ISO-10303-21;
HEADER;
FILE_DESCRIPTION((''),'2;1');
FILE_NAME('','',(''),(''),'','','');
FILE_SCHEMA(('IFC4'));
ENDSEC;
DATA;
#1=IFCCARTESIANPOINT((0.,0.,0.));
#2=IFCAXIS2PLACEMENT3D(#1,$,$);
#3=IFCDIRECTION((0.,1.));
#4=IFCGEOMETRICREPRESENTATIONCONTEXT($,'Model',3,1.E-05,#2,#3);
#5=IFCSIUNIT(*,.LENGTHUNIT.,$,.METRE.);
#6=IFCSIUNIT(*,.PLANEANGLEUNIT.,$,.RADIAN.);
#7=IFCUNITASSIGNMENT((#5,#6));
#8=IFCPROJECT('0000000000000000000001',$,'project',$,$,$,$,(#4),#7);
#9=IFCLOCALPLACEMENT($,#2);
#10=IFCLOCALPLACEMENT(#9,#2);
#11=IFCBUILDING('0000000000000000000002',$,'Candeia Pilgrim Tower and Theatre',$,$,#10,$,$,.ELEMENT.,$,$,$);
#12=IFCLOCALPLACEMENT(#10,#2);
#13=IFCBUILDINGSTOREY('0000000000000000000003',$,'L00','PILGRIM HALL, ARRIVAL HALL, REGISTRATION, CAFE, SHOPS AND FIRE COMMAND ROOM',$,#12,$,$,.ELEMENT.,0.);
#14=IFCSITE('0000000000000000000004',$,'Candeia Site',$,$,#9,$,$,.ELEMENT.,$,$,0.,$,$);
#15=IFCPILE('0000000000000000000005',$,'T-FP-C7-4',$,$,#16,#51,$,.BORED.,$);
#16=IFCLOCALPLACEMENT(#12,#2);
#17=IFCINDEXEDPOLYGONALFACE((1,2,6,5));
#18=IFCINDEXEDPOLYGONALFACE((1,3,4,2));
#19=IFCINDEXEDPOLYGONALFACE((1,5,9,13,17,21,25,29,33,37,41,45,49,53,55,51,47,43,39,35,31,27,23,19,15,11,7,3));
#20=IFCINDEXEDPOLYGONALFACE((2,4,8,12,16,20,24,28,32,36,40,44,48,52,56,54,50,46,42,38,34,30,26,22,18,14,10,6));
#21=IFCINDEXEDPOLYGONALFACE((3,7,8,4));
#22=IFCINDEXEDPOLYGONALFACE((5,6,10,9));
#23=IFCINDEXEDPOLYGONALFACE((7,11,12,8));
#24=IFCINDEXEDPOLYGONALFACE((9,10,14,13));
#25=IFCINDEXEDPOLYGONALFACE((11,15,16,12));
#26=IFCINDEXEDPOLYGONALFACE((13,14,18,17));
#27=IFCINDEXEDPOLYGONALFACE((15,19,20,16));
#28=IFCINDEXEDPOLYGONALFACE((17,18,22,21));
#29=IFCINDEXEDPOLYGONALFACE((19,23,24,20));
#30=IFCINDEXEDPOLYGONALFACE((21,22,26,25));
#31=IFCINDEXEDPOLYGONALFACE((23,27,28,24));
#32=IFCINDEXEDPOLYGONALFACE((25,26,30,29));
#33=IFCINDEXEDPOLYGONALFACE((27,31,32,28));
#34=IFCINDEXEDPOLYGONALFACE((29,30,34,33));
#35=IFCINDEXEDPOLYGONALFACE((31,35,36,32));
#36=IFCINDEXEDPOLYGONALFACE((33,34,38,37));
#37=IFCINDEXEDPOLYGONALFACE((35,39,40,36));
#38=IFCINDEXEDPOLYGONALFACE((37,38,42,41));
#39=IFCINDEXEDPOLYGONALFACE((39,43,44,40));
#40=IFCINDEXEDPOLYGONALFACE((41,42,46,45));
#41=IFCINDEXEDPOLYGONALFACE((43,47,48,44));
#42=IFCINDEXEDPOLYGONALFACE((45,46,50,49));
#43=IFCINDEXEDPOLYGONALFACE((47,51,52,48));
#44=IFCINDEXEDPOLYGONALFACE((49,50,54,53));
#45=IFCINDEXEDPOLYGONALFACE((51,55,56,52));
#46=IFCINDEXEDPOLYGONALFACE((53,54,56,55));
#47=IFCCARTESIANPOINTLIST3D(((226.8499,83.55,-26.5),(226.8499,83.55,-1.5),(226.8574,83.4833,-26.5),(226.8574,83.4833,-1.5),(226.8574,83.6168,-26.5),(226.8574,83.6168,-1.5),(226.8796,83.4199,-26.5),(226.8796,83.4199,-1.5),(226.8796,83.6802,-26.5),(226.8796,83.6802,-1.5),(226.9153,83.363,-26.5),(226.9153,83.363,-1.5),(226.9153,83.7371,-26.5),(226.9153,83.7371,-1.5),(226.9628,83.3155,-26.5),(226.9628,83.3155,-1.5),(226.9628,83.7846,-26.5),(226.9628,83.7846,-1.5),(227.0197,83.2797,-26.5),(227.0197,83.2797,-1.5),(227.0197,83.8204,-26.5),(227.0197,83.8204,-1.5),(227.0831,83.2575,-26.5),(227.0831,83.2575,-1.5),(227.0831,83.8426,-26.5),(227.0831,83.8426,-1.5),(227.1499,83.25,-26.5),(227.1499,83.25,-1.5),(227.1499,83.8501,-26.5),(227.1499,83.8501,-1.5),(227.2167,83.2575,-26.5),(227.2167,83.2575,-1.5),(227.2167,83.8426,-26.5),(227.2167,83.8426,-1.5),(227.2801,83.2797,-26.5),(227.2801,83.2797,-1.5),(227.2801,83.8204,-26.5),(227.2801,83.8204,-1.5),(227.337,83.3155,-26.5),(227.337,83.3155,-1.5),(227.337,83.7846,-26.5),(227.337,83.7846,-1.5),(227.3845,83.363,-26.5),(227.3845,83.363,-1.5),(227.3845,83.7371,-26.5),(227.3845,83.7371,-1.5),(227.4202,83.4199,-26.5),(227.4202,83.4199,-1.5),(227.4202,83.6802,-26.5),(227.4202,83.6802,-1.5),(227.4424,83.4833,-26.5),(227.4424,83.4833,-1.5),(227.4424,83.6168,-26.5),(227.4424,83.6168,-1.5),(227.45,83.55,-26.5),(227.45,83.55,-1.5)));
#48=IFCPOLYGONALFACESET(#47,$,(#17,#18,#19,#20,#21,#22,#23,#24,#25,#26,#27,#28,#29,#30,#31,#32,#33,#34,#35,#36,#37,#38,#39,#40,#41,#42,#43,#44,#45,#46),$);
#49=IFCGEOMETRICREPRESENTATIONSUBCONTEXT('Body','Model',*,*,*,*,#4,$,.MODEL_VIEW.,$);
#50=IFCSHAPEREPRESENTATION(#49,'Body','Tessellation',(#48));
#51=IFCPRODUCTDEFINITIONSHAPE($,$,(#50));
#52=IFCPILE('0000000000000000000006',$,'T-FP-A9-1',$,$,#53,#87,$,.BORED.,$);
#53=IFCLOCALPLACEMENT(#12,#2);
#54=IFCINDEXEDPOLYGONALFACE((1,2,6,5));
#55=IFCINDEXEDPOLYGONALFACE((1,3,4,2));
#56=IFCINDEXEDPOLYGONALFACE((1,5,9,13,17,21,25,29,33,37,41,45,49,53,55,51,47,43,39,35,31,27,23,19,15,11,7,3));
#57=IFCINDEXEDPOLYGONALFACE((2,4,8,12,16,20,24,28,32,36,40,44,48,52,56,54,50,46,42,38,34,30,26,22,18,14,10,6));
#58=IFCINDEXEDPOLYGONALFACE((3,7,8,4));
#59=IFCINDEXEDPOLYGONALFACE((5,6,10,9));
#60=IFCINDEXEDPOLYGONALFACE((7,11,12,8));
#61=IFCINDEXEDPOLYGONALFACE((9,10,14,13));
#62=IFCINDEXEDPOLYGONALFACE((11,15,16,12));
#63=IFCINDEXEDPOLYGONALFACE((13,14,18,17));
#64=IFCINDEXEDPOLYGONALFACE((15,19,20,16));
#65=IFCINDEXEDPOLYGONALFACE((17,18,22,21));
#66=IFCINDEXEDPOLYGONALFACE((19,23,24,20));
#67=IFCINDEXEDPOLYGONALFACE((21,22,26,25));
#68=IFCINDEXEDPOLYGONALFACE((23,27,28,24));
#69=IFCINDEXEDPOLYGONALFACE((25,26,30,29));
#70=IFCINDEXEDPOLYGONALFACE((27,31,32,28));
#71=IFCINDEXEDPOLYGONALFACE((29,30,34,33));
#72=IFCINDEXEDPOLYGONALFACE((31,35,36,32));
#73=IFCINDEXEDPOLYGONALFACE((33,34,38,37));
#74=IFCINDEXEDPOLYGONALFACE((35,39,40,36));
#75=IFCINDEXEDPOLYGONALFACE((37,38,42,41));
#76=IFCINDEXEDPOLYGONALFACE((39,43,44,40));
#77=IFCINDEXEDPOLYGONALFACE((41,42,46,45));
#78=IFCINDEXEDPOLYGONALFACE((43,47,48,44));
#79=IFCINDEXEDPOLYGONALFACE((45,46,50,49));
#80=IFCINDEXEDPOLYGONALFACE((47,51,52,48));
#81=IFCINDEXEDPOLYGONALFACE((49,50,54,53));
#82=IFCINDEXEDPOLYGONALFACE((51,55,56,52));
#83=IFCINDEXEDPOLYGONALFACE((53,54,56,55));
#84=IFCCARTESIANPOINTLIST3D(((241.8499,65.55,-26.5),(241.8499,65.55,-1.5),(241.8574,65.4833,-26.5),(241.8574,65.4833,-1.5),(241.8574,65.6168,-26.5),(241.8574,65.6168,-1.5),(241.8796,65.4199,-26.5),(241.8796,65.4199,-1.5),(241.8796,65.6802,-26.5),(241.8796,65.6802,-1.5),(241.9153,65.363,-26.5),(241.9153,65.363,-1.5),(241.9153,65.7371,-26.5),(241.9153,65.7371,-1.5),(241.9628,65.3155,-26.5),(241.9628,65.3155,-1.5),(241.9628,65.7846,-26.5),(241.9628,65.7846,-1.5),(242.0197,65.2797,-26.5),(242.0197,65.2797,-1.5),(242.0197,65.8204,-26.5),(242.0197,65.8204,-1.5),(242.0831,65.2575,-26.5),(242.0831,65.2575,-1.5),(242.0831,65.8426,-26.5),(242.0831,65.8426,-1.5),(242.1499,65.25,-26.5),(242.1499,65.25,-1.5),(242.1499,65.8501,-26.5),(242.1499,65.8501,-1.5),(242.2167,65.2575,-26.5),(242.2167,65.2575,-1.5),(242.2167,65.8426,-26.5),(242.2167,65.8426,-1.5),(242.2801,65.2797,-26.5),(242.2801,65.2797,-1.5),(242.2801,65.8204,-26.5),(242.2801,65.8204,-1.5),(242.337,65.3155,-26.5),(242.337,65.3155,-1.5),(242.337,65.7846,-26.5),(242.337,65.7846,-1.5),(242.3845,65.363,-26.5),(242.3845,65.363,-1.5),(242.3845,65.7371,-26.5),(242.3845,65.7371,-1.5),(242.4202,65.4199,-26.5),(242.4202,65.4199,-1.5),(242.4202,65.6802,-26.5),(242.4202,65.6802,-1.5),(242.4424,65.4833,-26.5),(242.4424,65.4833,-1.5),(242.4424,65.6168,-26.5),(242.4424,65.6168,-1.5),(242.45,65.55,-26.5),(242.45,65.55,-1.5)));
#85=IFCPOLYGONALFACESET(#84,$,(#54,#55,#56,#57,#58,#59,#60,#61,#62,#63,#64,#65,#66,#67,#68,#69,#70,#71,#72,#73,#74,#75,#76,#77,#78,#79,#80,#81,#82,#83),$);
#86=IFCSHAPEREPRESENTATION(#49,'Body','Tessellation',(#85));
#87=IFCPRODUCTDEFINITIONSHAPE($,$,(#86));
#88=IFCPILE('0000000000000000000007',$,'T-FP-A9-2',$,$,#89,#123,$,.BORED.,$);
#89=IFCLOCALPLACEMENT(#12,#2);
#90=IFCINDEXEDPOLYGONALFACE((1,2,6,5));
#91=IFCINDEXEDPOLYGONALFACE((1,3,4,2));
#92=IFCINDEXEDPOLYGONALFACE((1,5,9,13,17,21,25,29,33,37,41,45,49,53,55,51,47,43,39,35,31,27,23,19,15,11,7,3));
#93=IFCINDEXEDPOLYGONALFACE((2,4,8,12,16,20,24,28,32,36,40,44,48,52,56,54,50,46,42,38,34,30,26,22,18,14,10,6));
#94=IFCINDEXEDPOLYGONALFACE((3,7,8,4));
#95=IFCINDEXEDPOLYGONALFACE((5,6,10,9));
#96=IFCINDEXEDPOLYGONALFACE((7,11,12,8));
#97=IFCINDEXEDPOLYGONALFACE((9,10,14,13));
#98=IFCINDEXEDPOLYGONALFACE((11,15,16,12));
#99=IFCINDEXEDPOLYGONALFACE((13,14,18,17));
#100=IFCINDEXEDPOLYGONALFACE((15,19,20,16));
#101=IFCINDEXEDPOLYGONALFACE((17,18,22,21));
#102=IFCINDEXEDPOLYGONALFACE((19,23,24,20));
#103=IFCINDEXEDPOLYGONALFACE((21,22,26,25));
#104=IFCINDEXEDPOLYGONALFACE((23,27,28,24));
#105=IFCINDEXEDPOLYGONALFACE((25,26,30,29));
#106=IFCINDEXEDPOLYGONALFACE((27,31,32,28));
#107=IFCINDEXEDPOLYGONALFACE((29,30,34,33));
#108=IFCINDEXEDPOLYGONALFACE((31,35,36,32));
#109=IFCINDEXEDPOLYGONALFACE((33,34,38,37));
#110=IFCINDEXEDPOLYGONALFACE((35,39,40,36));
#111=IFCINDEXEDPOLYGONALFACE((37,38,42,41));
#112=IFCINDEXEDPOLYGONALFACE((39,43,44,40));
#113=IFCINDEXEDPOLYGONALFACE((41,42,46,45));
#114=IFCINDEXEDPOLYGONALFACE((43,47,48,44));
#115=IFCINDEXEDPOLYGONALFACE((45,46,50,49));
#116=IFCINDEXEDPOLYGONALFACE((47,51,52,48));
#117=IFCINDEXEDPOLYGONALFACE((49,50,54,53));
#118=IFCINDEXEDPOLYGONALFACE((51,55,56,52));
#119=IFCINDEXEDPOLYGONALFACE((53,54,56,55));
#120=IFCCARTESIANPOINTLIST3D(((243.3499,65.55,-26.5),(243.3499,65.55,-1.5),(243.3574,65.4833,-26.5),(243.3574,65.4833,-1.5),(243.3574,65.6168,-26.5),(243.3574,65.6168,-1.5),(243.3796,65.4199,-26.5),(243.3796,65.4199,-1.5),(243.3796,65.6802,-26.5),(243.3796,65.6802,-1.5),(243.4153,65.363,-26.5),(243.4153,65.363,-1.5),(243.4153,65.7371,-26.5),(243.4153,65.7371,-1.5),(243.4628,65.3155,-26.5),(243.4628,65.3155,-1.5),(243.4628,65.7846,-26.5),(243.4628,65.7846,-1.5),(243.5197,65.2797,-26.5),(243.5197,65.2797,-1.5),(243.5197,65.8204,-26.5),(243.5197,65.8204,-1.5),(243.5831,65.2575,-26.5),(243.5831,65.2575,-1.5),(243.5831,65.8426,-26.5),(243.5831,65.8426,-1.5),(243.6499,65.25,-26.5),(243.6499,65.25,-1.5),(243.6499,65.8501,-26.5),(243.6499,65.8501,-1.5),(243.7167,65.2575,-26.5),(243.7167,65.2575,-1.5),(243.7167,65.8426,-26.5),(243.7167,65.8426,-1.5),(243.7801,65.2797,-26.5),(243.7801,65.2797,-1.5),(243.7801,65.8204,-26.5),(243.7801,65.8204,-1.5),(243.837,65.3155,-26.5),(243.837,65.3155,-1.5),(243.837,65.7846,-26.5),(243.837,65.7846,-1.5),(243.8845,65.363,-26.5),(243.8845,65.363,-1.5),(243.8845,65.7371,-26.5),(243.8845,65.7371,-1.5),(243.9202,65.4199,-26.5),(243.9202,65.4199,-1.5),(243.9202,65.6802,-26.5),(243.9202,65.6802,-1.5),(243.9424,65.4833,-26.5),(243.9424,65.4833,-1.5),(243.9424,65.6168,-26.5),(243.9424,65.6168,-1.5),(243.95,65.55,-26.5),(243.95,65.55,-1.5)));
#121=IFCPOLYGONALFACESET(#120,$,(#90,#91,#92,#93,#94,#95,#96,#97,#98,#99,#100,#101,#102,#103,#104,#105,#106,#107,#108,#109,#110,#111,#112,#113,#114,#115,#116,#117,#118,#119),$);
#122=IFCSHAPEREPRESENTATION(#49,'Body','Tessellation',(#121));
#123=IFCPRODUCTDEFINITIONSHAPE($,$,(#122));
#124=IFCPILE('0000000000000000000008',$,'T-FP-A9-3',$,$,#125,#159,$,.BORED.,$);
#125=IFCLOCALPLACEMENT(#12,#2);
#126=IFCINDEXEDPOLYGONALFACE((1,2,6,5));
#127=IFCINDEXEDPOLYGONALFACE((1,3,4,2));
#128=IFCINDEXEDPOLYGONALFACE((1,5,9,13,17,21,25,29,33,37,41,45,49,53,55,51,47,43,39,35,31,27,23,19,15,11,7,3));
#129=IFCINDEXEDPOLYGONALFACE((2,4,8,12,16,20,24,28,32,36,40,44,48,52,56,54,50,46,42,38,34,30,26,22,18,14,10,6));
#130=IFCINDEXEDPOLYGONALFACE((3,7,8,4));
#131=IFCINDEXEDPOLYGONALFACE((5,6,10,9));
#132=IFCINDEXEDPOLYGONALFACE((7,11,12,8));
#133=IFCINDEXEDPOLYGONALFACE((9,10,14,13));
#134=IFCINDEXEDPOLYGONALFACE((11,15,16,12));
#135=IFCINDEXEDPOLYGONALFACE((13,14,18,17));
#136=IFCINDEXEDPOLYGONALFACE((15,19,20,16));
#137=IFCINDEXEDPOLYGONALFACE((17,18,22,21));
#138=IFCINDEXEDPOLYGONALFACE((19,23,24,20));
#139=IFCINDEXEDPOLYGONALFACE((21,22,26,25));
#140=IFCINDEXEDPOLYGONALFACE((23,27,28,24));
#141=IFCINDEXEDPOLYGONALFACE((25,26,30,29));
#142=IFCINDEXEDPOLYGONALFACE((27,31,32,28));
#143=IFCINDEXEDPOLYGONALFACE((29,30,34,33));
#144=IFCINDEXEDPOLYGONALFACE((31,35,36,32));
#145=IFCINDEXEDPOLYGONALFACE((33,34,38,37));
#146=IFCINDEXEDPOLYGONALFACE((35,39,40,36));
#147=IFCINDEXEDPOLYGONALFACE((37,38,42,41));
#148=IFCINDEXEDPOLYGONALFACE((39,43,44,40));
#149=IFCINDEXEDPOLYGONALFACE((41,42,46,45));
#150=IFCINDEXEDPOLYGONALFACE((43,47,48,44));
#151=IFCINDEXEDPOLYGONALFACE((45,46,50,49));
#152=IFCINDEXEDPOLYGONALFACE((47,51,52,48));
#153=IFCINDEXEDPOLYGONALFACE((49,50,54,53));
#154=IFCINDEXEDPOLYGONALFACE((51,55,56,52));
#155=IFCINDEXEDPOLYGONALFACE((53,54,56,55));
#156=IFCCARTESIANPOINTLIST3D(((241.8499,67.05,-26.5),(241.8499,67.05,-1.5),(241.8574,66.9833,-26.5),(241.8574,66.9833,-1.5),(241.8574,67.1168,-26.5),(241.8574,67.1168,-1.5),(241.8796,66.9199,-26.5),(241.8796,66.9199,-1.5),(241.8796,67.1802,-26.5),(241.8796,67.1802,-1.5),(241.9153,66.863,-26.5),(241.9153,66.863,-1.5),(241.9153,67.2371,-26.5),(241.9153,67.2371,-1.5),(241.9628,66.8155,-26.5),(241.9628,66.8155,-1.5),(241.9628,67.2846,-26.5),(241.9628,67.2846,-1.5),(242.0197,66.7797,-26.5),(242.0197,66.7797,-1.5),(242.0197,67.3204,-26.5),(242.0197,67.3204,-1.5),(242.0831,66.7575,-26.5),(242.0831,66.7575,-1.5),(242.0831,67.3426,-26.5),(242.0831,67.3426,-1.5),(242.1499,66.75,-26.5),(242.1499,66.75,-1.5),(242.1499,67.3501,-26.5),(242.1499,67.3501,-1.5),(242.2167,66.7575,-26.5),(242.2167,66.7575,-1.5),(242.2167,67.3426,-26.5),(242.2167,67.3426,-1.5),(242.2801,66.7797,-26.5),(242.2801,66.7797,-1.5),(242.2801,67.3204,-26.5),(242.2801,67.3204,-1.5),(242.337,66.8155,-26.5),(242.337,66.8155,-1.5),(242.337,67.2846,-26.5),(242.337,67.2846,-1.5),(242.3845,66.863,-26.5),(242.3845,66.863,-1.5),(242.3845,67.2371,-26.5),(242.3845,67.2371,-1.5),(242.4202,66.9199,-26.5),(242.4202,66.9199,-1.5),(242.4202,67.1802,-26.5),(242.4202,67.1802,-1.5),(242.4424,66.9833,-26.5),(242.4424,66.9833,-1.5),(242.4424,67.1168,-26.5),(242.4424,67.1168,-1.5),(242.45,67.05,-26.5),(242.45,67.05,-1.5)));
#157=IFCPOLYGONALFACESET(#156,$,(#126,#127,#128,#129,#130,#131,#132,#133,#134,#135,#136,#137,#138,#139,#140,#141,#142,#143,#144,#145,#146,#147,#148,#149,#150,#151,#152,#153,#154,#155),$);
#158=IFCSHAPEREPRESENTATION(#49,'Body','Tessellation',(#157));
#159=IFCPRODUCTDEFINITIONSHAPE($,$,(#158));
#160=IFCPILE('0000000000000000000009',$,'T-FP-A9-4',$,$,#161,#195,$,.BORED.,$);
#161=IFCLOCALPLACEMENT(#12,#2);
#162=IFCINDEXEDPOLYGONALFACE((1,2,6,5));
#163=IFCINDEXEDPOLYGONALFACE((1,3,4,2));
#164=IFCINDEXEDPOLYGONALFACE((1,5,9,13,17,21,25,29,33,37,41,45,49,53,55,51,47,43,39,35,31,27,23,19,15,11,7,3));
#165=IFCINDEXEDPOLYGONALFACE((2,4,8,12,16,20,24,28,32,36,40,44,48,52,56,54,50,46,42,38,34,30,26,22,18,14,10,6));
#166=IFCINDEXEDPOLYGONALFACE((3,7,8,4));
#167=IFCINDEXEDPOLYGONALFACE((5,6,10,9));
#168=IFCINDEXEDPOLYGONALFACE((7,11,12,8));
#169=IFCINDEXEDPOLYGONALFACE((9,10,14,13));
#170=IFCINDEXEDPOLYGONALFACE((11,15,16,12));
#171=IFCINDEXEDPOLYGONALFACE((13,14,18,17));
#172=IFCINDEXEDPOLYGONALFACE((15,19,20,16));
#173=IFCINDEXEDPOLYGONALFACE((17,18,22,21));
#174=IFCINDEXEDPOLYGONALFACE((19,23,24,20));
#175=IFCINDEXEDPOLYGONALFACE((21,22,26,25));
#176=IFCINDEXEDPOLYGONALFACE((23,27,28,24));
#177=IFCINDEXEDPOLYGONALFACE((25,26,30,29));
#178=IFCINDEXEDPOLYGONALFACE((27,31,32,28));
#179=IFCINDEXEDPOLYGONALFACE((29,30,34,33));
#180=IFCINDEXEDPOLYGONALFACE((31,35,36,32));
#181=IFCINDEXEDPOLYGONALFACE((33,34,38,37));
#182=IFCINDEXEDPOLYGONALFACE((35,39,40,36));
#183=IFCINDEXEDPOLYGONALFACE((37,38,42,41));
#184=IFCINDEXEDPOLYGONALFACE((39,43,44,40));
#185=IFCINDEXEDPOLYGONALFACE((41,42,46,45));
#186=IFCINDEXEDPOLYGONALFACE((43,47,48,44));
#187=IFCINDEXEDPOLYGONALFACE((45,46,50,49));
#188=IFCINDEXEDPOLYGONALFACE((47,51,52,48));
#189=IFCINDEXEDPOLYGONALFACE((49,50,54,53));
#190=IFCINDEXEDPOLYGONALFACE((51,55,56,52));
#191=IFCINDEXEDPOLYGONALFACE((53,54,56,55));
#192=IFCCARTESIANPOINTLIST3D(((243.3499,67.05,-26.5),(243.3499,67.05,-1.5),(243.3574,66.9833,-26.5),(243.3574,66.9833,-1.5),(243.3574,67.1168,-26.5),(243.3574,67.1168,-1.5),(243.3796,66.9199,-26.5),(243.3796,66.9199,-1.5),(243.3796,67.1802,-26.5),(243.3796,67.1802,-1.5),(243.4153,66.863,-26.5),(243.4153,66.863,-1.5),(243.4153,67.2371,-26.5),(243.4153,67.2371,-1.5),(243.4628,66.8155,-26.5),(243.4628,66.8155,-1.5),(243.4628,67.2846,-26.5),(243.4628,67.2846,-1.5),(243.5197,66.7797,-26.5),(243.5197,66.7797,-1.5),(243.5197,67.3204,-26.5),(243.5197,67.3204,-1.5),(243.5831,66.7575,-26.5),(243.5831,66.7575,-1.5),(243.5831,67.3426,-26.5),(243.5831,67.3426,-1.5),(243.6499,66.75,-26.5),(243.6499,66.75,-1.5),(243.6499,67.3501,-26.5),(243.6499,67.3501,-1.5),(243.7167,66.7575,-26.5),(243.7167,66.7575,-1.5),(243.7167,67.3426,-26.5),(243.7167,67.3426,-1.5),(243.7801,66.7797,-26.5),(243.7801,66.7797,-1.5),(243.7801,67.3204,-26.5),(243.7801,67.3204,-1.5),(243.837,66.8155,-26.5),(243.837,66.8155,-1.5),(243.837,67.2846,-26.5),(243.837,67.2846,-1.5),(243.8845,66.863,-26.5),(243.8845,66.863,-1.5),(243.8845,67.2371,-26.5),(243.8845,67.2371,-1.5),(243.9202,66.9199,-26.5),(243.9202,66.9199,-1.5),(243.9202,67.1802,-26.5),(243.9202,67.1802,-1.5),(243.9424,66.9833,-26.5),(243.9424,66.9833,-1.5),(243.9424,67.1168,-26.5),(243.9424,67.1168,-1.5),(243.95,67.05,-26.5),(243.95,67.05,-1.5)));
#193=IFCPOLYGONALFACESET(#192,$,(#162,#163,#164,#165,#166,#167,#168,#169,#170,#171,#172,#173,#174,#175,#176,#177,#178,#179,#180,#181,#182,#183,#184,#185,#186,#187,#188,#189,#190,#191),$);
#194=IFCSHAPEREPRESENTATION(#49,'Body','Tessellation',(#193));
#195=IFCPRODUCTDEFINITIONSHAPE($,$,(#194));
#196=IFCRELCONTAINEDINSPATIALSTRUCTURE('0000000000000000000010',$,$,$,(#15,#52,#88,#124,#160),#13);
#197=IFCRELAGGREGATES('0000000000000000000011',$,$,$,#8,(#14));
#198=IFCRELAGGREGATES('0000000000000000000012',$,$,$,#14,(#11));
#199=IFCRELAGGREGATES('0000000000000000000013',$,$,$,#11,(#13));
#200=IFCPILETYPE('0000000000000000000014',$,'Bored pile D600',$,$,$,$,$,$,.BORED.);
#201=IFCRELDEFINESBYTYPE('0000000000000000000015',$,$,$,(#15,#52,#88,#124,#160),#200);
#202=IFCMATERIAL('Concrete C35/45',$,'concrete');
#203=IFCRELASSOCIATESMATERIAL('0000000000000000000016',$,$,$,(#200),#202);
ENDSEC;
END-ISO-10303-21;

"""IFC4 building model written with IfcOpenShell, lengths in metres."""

from ifc_helpers import new_model, si_unit, direction, frame, origin, origin_2d, place, context, subcontext, project, spatial, circle, extrude, material, type_object, element, save


model = new_model("IFC4")

# Units and contexts
model_context = context("Model", 3, precision=1e-05, world=origin(), true_north=direction((0.0, 1.0)))
body_context = subcontext(model_context, "Body", "Model", "MODEL_VIEW")
ifc_project = project(units=[si_unit("LENGTHUNIT", "METRE"), si_unit("PLANEANGLEUNIT", "RADIAN")], contexts=[model_context])

# Site, building, storey
site_placement = place(None, origin())
site = spatial("IfcSite", under=ifc_project, at=site_placement, Name="Candeia Site", CompositionType="ELEMENT", RefElevation=0.0)
building_placement = place(site_placement, origin())
building = spatial("IfcBuilding", under=site, at=building_placement, Name="Candeia Pilgrim Tower and Theatre", CompositionType="ELEMENT")
storey_placement = place(building_placement, origin())
storey = spatial("IfcBuildingStorey", under=building, at=storey_placement, Name="L00", Description="PILGRIM HALL, ARRIVAL HALL, REGISTRATION, CAFE, SHOPS AND FIRE COMMAND ROOM", CompositionType="ELEMENT", Elevation=0.0)

# Piles
ifc_material_1 = material(Name="Concrete C35/45", Category="concrete")
pile_type = type_object("IfcPileType", Name="Bored pile D600", PredefinedType="BORED", material=ifc_material_1)
for number, where, z_axis, x_axis, name in (
    (1, (227.1499, 83.55, -1.5), (0.0, 0.0, -1.0), (1.0, 0.0, 0.0), "T-FP-C7-4"),
    (2, (242.1499, 65.55, -1.5), (0.0, 0.0, -1.0), (1.0, 0.0, 0.0), "T-FP-A9-1"),
    (3, (243.6499, 65.55, -1.5), (0.0, 0.0, -1.0), (1.0, 0.0, 0.0), "T-FP-A9-2"),
    (4, (242.1499, 67.05, -1.5), (0.0, 0.0, -1.0), (1.0, 0.0, 0.0), "T-FP-A9-3"),
    (5, (243.6499, 67.05, -1.5), (0.0, 0.0, -1.0), (1.0, 0.0, 0.0), "T-FP-A9-4"),
):
    element("IfcPile", number, at=place(storey_placement, frame(where, z_axis=z_axis, x_axis=x_axis)), inside=storey, type_object=pile_type, Name=name, PredefinedType="BORED", context=body_context, shape_type="SweptSolid", body=[
        extrude(circle(Radius=0.3, at=origin_2d()), origin(), (0.0, 0.0, 1.0), 25.0),
    ])

save(model, "model.ifc")
